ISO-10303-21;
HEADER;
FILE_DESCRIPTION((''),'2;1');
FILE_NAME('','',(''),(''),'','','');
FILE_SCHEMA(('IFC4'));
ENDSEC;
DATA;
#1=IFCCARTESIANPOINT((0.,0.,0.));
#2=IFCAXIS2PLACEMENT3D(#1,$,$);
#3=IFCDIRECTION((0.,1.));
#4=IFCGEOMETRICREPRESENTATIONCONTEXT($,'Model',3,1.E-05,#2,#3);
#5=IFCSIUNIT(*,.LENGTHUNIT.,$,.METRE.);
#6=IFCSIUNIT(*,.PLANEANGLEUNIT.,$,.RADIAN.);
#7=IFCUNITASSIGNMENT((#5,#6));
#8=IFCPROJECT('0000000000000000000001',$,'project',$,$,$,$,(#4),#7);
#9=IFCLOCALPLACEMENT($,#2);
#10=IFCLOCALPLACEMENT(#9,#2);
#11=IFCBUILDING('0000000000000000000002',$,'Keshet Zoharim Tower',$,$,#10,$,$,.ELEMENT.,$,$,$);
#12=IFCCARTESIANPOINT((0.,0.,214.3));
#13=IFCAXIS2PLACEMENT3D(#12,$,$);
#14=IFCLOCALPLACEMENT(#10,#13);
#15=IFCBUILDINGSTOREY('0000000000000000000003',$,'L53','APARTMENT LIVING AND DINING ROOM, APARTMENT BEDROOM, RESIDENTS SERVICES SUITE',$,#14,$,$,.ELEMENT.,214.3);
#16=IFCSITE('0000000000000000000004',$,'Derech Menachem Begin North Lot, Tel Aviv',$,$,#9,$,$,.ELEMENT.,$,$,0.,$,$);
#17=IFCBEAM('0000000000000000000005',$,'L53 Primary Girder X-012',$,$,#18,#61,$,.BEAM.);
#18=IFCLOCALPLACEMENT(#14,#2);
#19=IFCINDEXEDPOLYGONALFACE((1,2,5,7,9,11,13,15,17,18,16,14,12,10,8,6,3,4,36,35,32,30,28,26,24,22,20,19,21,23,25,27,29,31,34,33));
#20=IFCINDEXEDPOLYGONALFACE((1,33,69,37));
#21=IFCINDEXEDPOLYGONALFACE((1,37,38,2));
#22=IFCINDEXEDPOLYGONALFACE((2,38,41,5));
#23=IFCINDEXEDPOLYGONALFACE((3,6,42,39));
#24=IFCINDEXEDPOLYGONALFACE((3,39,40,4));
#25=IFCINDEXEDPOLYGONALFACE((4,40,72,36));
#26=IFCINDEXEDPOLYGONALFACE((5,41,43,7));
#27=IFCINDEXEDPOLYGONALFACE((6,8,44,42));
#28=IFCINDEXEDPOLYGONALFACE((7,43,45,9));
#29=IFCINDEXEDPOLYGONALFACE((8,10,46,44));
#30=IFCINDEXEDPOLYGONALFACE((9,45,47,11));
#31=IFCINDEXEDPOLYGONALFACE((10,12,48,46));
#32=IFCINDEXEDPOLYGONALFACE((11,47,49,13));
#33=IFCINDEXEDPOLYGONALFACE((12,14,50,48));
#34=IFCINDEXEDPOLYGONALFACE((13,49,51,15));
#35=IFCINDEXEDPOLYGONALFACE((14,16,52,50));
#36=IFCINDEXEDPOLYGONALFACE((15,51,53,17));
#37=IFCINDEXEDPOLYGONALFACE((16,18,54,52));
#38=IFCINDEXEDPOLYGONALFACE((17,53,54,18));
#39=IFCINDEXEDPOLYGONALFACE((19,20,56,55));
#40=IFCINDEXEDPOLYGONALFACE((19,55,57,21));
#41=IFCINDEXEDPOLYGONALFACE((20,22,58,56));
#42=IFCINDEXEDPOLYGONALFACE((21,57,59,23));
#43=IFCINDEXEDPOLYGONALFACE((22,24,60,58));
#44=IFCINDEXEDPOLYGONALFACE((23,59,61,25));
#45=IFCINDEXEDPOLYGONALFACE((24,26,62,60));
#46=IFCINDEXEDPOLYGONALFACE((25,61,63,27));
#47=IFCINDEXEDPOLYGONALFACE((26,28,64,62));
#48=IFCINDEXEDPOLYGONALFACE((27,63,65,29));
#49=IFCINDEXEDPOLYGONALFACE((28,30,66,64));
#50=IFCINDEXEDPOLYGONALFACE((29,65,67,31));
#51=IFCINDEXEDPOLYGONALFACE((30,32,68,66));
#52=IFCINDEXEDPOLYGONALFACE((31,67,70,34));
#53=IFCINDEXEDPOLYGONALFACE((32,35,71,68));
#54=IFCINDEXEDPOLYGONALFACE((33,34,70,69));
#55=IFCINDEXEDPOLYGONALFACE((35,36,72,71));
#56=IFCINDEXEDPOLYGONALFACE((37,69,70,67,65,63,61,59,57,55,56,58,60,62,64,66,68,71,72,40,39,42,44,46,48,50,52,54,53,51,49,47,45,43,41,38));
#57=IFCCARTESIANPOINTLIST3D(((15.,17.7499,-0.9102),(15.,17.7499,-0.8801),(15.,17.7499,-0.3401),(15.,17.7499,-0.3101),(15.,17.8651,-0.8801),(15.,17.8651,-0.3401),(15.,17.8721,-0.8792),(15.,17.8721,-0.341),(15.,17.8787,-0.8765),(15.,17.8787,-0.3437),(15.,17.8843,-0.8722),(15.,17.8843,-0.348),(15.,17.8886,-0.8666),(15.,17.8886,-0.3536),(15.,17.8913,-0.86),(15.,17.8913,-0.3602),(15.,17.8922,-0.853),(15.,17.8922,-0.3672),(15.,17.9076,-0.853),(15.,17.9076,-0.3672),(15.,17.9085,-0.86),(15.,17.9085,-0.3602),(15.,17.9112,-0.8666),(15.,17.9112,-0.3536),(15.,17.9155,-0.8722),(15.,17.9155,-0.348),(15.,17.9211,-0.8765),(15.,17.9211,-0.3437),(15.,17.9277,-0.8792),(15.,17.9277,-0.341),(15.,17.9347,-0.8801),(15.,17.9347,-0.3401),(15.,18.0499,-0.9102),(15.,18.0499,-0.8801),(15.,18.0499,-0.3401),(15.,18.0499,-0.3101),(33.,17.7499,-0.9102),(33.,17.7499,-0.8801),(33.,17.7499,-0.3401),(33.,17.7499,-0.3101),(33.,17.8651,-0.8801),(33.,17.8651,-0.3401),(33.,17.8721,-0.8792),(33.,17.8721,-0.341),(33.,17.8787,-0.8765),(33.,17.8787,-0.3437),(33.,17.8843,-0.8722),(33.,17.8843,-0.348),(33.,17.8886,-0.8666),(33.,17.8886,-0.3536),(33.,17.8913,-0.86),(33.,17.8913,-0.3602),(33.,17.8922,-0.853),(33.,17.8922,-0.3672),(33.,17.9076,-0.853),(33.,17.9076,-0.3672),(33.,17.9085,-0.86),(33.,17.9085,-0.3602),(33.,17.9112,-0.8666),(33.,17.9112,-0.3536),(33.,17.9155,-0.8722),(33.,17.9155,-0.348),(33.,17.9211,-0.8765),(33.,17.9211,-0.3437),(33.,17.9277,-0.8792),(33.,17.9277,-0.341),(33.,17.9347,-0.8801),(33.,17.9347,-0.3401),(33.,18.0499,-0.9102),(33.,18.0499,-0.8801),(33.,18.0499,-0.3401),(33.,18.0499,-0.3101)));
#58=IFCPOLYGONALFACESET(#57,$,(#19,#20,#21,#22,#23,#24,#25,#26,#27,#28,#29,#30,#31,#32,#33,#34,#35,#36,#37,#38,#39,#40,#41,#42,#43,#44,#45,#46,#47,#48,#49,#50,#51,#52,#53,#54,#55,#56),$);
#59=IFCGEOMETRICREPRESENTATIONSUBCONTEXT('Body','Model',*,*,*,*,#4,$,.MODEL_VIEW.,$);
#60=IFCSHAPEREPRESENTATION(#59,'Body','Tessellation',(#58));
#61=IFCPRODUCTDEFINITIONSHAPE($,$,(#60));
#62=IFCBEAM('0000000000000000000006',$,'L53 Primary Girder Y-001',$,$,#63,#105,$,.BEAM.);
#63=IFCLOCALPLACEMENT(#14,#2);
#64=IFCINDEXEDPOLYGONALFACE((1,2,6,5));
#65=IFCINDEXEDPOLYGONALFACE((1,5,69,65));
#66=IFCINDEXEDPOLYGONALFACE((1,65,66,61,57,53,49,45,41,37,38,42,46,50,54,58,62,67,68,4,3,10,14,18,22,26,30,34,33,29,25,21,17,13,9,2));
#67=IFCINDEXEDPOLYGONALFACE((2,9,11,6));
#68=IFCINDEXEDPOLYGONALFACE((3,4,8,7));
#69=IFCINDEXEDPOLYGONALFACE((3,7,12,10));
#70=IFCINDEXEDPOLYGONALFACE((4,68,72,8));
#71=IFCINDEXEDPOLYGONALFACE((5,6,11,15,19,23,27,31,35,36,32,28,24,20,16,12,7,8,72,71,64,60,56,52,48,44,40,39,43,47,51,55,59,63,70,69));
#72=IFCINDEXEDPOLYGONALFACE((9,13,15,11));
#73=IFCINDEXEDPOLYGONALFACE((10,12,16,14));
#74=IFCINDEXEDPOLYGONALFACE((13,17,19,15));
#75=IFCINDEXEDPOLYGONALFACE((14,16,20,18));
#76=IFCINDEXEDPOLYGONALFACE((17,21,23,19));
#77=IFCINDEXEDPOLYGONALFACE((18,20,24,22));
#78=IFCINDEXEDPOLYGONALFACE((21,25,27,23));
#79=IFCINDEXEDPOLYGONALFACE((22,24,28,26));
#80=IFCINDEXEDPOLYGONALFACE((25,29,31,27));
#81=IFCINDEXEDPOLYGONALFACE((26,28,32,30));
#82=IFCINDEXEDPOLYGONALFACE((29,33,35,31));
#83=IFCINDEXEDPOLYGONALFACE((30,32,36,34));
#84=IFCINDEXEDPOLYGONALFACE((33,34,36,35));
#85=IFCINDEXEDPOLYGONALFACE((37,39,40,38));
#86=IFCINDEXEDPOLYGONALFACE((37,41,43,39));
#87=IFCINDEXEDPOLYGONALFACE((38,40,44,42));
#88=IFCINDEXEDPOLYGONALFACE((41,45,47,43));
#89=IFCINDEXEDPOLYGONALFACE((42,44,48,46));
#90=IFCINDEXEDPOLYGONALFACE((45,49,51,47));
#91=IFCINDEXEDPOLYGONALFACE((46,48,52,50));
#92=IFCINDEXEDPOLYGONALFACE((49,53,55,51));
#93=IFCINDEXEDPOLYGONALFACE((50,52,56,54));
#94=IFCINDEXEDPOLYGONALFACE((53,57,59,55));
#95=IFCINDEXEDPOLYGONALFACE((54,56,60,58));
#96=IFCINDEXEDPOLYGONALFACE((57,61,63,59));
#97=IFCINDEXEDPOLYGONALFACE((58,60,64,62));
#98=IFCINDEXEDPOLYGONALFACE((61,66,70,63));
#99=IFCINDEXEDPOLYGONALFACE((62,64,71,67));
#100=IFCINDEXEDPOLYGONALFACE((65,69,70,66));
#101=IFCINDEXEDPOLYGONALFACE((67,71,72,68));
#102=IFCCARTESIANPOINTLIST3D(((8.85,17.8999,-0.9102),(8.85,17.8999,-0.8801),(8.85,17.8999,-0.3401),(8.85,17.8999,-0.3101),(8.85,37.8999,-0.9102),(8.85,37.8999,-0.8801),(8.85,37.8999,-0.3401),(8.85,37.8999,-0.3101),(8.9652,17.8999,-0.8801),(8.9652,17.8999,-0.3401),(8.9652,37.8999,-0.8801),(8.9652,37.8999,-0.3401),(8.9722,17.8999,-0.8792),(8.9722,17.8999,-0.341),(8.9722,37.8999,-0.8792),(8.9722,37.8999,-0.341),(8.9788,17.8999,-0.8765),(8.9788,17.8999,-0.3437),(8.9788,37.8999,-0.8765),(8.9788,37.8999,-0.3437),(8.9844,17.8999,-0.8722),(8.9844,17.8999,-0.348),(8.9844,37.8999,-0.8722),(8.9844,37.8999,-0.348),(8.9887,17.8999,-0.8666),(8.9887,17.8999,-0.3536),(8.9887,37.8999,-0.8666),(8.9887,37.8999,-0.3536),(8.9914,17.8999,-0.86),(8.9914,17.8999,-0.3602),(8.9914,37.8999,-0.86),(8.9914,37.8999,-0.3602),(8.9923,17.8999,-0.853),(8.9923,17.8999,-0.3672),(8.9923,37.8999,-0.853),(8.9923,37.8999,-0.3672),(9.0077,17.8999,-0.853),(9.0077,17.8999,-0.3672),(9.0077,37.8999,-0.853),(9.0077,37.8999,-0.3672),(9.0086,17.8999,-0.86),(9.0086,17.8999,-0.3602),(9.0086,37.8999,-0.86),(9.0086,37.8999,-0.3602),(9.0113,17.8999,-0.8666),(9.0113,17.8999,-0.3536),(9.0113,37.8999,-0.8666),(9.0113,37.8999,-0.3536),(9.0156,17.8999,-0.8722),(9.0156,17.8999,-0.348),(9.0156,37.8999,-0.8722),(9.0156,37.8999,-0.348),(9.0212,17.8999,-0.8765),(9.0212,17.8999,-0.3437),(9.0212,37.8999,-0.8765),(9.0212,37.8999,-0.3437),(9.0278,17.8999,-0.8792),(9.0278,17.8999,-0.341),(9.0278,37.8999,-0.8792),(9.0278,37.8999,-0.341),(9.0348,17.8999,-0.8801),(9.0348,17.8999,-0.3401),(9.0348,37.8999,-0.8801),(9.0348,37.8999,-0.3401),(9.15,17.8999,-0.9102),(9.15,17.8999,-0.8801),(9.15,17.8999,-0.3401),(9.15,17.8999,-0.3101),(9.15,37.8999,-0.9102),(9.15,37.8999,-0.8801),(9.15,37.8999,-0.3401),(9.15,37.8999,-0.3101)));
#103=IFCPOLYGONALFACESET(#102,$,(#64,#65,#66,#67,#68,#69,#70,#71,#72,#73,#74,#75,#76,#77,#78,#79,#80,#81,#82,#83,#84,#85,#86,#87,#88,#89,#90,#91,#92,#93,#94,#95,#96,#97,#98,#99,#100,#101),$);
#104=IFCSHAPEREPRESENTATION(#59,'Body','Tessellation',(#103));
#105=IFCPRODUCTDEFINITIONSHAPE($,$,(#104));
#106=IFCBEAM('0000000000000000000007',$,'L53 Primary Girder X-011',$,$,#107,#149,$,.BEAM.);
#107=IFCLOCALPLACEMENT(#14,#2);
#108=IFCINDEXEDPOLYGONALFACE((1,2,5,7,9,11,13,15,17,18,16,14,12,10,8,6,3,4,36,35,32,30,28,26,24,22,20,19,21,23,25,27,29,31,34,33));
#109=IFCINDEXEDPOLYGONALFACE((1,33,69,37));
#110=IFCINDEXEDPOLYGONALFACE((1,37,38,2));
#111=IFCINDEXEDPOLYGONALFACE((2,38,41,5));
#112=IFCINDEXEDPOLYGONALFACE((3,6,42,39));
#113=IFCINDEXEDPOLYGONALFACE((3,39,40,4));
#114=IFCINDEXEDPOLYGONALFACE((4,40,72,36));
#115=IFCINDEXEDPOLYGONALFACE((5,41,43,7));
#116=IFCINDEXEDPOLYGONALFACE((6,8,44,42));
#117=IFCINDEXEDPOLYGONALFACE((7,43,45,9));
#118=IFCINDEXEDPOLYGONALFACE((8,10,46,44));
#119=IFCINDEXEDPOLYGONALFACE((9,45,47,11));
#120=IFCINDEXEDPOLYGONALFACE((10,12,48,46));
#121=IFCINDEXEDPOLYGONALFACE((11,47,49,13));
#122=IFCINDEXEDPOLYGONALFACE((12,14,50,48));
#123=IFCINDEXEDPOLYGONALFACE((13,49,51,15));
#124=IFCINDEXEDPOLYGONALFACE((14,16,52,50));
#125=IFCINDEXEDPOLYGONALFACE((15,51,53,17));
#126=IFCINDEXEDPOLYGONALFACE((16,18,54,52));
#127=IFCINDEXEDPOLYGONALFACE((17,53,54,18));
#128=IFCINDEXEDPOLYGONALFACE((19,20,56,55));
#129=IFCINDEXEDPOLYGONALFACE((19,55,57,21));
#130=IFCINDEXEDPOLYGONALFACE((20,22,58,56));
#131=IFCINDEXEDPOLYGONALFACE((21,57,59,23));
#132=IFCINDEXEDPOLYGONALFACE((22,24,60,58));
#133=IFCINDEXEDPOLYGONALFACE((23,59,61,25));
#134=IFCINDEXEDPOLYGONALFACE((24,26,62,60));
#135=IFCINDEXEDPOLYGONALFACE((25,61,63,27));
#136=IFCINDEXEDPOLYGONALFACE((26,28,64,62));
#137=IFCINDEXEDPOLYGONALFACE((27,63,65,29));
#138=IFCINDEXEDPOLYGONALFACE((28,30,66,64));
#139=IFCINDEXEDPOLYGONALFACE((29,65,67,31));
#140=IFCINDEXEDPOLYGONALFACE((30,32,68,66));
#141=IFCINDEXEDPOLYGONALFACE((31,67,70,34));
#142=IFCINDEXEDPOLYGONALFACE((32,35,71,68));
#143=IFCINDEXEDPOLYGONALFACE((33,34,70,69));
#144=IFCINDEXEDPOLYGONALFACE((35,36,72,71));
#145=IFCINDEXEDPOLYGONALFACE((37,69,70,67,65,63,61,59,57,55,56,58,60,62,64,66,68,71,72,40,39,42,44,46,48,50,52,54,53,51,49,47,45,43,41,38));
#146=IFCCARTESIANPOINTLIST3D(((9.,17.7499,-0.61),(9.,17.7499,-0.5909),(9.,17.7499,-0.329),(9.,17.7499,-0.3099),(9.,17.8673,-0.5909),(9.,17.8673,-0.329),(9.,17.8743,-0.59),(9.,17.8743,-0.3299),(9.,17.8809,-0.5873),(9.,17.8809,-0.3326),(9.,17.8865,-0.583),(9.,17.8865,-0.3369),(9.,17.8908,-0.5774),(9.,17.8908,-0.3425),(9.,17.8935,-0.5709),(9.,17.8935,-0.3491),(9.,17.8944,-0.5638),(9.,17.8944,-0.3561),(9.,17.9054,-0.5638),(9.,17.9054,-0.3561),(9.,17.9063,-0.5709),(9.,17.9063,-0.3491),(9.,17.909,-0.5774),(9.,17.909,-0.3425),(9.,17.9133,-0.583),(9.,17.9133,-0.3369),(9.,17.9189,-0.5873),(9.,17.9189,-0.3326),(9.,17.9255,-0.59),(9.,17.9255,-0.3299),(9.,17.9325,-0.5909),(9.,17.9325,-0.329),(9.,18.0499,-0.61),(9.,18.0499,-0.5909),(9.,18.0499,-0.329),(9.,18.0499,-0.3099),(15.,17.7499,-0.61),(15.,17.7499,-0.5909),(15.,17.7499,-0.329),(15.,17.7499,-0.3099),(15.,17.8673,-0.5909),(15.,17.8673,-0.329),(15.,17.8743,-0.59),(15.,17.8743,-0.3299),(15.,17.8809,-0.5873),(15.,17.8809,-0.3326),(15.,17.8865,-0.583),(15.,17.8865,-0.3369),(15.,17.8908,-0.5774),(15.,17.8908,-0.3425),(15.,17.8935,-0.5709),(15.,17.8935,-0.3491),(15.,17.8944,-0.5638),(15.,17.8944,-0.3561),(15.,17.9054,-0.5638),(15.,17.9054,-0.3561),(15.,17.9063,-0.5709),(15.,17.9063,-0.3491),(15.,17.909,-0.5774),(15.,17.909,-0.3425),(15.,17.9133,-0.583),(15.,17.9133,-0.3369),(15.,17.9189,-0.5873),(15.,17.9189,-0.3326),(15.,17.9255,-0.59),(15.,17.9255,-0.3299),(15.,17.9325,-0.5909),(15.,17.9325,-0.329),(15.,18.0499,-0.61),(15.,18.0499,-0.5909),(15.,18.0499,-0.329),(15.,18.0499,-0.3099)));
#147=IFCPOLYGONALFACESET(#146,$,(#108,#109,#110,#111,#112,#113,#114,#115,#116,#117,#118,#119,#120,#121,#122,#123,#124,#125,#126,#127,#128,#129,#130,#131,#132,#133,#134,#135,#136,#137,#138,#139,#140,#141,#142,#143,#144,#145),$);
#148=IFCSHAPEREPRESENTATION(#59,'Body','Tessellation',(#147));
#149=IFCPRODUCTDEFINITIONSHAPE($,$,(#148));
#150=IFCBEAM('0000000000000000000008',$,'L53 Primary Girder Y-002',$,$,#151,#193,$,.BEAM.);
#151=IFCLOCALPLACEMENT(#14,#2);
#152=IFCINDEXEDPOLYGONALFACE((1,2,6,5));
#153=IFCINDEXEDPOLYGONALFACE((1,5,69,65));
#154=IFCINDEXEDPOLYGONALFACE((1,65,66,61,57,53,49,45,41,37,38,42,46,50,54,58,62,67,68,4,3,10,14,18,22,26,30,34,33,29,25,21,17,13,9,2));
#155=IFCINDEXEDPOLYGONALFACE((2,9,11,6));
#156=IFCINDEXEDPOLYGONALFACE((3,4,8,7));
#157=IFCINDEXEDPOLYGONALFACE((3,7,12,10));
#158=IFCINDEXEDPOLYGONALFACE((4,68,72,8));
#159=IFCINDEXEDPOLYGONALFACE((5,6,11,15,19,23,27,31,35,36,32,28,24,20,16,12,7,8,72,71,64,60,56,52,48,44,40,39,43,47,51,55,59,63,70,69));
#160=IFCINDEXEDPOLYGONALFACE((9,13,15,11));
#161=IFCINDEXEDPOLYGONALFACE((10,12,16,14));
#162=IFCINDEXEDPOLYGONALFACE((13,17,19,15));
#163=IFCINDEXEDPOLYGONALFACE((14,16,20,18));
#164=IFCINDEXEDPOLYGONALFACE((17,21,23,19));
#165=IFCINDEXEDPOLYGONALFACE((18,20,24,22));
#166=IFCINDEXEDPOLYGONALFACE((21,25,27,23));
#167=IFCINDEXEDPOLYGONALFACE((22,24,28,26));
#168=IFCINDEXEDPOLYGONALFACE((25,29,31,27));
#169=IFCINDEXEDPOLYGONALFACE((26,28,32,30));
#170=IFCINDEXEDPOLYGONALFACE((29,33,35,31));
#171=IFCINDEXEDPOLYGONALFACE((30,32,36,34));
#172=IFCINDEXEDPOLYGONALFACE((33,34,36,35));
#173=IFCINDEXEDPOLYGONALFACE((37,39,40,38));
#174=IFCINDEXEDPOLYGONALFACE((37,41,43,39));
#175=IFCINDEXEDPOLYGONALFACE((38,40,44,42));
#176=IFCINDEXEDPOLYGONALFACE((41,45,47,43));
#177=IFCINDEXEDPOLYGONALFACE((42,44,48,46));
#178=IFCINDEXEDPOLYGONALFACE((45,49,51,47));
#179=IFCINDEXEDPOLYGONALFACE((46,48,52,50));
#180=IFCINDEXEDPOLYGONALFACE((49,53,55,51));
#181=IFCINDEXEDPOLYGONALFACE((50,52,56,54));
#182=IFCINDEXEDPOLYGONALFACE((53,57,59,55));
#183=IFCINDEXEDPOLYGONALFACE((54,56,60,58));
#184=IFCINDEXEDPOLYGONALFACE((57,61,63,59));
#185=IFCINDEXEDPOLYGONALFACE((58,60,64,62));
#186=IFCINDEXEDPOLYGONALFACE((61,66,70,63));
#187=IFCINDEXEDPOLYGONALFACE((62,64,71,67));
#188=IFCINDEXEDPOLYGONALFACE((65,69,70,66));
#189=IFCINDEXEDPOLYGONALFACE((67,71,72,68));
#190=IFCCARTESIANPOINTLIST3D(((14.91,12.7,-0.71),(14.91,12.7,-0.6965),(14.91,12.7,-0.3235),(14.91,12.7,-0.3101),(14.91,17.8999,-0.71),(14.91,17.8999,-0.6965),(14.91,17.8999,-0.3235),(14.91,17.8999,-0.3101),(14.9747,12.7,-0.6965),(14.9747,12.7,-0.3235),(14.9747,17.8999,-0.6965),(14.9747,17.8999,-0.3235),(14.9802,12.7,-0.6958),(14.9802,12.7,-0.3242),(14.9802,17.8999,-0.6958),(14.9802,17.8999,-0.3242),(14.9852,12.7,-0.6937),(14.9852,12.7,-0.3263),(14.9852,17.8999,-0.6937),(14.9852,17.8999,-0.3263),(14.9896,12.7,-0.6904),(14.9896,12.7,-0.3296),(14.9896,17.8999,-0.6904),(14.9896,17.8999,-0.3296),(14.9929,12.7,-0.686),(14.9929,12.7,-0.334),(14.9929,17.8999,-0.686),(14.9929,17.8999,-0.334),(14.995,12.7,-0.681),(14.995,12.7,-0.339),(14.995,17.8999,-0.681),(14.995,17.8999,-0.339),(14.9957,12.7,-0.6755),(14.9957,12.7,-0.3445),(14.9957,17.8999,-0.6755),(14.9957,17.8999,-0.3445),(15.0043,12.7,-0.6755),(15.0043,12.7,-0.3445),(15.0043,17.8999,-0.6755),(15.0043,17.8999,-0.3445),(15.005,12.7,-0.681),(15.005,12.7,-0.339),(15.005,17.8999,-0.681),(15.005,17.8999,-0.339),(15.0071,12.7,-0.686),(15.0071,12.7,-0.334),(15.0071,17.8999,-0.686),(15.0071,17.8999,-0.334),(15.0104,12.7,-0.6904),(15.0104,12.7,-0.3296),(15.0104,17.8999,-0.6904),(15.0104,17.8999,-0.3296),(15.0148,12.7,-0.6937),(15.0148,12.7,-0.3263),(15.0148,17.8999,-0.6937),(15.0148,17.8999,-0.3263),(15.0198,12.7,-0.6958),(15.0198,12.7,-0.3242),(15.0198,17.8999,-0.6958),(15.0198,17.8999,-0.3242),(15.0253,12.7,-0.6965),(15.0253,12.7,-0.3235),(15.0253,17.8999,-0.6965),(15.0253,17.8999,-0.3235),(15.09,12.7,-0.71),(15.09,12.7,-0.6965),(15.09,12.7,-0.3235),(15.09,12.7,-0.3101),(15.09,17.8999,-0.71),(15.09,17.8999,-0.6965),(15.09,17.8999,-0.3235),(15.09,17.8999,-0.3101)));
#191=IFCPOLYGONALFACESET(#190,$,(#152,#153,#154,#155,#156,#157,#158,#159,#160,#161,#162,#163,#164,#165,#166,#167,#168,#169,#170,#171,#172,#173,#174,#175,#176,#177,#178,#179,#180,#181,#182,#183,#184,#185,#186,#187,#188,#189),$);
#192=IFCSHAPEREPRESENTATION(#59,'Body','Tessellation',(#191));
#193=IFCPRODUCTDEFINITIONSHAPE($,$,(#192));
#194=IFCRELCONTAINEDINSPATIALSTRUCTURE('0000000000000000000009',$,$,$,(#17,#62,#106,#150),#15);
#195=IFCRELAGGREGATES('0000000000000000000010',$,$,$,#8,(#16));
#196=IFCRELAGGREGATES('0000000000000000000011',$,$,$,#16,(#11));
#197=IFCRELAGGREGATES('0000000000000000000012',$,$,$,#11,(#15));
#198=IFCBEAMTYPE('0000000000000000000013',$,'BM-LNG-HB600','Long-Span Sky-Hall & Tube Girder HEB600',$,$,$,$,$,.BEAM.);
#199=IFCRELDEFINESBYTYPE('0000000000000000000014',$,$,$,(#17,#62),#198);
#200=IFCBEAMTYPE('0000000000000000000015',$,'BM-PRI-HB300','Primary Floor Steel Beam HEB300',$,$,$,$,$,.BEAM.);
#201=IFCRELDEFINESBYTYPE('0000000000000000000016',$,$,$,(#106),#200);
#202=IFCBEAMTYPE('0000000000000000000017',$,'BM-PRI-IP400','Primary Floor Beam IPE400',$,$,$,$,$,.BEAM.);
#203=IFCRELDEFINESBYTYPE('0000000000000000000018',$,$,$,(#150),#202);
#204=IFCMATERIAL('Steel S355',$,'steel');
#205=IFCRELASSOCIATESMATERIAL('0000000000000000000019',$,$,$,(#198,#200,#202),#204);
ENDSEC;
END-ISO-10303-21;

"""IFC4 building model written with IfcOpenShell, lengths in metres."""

from ifc_helpers import new_model, si_unit, direction, frame, origin, origin_2d, place, context, subcontext, project, spatial, i_section, extrude, material, material_profile, profile_set, type_object, element, save


model = new_model("IFC4")

# Units and contexts
model_context = context("Model", 3, precision=1e-05, world=origin(), true_north=direction((0.0, 1.0)))
body_context = subcontext(model_context, "Body", "Model", "MODEL_VIEW")
ifc_project = project(units=[si_unit("LENGTHUNIT", "METRE"), si_unit("PLANEANGLEUNIT", "RADIAN")], contexts=[model_context])

# Site, building, storey
site_placement = place(None, origin())
site = spatial("IfcSite", under=ifc_project, at=site_placement, Name="Derech Menachem Begin North Lot, Tel Aviv", CompositionType="ELEMENT", RefElevation=0.0)
building_placement = place(site_placement, origin())
building = spatial("IfcBuilding", under=site, at=building_placement, Name="Keshet Zoharim Tower", CompositionType="ELEMENT")
storey_placement = place(building_placement, frame((0.0, 0.0, 214.3)))
storey = spatial("IfcBuildingStorey", under=building, at=storey_placement, Name="L53", Description="APARTMENT LIVING AND DINING ROOM, APARTMENT BEDROOM, RESIDENTS SERVICES SUITE", CompositionType="ELEMENT", Elevation=214.3)

# Shared definitions
ifc_material_1 = material(Name="Steel S355", Category="steel")

# Beams
ifc_material_profile_1 = material_profile(ifc_material_1, i_section(OverallWidth=0.3, OverallDepth=0.6001, WebThickness=0.0154, FlangeThickness=0.03, FilletRadius=0.0271, at=origin_2d()), Name="HEB600")
ifc_profile_set_1 = profile_set([ifc_material_profile_1], Name="Steel S355")
beam_type_1 = type_object("IfcBeamType", Name="BM-LNG-HB600", Description="Long-Span Sky-Hall & Tube Girder HEB600", PredefinedType="BEAM", material=ifc_profile_set_1)
for number, where, z_axis, x_axis, name in (
    (1, (15.0, 17.8999, -0.6101), (1.0, 0.0, 0.0), (0.0, 1.0, 0.0), "L53 Primary Girder X-012"),
):
    element("IfcBeam", number, at=place(storey_placement, frame(where, z_axis=z_axis, x_axis=x_axis)), inside=storey, type_object=beam_type_1, Name=name, PredefinedType="BEAM", context=body_context, shape_type="SweptSolid", body=[
        extrude(i_section(OverallWidth=0.3, OverallDepth=0.6001, WebThickness=0.0154, FlangeThickness=0.03, FilletRadius=0.0271, at=origin_2d()), origin(), (0.0, 0.0, 1.0), 18.0),
    ])
beam_1_placement = place(storey_placement, frame((9.0, 17.8999, -0.6101), z_axis=(0.0, 1.0, 0.0), x_axis=(-1.0, 0.0, 0.0)))
element("IfcBeam", 2, at=beam_1_placement, inside=storey, type_object=beam_type_1, Name="L53 Primary Girder Y-001", PredefinedType="BEAM", context=body_context, shape_type="SweptSolid", body=[
    extrude(i_section(OverallWidth=0.3, OverallDepth=0.6001, WebThickness=0.0154, FlangeThickness=0.03, FilletRadius=0.0271, at=origin_2d()), origin(), (0.0, 0.0, 1.0), 20.0),
])
ifc_material_profile_2 = material_profile(ifc_material_1, i_section(OverallWidth=0.3, OverallDepth=0.3, WebThickness=0.011, FlangeThickness=0.019, FilletRadius=0.0271, at=origin_2d()), Name="HEB300")
ifc_profile_set_2 = profile_set([ifc_material_profile_2], Name="Steel S355")
beam_type_2 = type_object("IfcBeamType", Name="BM-PRI-HB300", Description="Primary Floor Steel Beam HEB300", PredefinedType="BEAM", material=ifc_profile_set_2)
beam_2_placement = place(storey_placement, frame((9.0, 17.8999, -0.46), z_axis=(1.0, 0.0, 0.0), x_axis=(0.0, 1.0, 0.0)))
element("IfcBeam", 3, at=beam_2_placement, inside=storey, type_object=beam_type_2, Name="L53 Primary Girder X-011", PredefinedType="BEAM", context=body_context, shape_type="SweptSolid", body=[
    extrude(i_section(OverallWidth=0.3, OverallDepth=0.3, WebThickness=0.011, FlangeThickness=0.019, FilletRadius=0.0271, at=origin_2d()), origin(), (0.0, 0.0, 1.0), 6.0),
])
ifc_material_profile_3 = material_profile(ifc_material_1, i_section(OverallWidth=0.1799, OverallDepth=0.3999, WebThickness=0.0085, FlangeThickness=0.0134, FilletRadius=0.021, at=origin_2d()), Name="IPE400")
ifc_profile_set_3 = profile_set([ifc_material_profile_3], Name="Steel S355")
beam_type_3 = type_object("IfcBeamType", Name="BM-PRI-IP400", Description="Primary Floor Beam IPE400", PredefinedType="BEAM", material=ifc_profile_set_3)
beam_3_placement = place(storey_placement, frame((15.0, 12.7, -0.51), z_axis=(0.0, 1.0, 0.0), x_axis=(-1.0, 0.0, 0.0)))
element("IfcBeam", 4, at=beam_3_placement, inside=storey, type_object=beam_type_3, Name="L53 Primary Girder Y-002", PredefinedType="BEAM", context=body_context, shape_type="SweptSolid", body=[
    extrude(i_section(OverallWidth=0.1799, OverallDepth=0.3999, WebThickness=0.0085, FlangeThickness=0.0134, FilletRadius=0.021, at=origin_2d()), origin(), (0.0, 0.0, 1.0), 5.2),
])

save(model, "model.ifc")
